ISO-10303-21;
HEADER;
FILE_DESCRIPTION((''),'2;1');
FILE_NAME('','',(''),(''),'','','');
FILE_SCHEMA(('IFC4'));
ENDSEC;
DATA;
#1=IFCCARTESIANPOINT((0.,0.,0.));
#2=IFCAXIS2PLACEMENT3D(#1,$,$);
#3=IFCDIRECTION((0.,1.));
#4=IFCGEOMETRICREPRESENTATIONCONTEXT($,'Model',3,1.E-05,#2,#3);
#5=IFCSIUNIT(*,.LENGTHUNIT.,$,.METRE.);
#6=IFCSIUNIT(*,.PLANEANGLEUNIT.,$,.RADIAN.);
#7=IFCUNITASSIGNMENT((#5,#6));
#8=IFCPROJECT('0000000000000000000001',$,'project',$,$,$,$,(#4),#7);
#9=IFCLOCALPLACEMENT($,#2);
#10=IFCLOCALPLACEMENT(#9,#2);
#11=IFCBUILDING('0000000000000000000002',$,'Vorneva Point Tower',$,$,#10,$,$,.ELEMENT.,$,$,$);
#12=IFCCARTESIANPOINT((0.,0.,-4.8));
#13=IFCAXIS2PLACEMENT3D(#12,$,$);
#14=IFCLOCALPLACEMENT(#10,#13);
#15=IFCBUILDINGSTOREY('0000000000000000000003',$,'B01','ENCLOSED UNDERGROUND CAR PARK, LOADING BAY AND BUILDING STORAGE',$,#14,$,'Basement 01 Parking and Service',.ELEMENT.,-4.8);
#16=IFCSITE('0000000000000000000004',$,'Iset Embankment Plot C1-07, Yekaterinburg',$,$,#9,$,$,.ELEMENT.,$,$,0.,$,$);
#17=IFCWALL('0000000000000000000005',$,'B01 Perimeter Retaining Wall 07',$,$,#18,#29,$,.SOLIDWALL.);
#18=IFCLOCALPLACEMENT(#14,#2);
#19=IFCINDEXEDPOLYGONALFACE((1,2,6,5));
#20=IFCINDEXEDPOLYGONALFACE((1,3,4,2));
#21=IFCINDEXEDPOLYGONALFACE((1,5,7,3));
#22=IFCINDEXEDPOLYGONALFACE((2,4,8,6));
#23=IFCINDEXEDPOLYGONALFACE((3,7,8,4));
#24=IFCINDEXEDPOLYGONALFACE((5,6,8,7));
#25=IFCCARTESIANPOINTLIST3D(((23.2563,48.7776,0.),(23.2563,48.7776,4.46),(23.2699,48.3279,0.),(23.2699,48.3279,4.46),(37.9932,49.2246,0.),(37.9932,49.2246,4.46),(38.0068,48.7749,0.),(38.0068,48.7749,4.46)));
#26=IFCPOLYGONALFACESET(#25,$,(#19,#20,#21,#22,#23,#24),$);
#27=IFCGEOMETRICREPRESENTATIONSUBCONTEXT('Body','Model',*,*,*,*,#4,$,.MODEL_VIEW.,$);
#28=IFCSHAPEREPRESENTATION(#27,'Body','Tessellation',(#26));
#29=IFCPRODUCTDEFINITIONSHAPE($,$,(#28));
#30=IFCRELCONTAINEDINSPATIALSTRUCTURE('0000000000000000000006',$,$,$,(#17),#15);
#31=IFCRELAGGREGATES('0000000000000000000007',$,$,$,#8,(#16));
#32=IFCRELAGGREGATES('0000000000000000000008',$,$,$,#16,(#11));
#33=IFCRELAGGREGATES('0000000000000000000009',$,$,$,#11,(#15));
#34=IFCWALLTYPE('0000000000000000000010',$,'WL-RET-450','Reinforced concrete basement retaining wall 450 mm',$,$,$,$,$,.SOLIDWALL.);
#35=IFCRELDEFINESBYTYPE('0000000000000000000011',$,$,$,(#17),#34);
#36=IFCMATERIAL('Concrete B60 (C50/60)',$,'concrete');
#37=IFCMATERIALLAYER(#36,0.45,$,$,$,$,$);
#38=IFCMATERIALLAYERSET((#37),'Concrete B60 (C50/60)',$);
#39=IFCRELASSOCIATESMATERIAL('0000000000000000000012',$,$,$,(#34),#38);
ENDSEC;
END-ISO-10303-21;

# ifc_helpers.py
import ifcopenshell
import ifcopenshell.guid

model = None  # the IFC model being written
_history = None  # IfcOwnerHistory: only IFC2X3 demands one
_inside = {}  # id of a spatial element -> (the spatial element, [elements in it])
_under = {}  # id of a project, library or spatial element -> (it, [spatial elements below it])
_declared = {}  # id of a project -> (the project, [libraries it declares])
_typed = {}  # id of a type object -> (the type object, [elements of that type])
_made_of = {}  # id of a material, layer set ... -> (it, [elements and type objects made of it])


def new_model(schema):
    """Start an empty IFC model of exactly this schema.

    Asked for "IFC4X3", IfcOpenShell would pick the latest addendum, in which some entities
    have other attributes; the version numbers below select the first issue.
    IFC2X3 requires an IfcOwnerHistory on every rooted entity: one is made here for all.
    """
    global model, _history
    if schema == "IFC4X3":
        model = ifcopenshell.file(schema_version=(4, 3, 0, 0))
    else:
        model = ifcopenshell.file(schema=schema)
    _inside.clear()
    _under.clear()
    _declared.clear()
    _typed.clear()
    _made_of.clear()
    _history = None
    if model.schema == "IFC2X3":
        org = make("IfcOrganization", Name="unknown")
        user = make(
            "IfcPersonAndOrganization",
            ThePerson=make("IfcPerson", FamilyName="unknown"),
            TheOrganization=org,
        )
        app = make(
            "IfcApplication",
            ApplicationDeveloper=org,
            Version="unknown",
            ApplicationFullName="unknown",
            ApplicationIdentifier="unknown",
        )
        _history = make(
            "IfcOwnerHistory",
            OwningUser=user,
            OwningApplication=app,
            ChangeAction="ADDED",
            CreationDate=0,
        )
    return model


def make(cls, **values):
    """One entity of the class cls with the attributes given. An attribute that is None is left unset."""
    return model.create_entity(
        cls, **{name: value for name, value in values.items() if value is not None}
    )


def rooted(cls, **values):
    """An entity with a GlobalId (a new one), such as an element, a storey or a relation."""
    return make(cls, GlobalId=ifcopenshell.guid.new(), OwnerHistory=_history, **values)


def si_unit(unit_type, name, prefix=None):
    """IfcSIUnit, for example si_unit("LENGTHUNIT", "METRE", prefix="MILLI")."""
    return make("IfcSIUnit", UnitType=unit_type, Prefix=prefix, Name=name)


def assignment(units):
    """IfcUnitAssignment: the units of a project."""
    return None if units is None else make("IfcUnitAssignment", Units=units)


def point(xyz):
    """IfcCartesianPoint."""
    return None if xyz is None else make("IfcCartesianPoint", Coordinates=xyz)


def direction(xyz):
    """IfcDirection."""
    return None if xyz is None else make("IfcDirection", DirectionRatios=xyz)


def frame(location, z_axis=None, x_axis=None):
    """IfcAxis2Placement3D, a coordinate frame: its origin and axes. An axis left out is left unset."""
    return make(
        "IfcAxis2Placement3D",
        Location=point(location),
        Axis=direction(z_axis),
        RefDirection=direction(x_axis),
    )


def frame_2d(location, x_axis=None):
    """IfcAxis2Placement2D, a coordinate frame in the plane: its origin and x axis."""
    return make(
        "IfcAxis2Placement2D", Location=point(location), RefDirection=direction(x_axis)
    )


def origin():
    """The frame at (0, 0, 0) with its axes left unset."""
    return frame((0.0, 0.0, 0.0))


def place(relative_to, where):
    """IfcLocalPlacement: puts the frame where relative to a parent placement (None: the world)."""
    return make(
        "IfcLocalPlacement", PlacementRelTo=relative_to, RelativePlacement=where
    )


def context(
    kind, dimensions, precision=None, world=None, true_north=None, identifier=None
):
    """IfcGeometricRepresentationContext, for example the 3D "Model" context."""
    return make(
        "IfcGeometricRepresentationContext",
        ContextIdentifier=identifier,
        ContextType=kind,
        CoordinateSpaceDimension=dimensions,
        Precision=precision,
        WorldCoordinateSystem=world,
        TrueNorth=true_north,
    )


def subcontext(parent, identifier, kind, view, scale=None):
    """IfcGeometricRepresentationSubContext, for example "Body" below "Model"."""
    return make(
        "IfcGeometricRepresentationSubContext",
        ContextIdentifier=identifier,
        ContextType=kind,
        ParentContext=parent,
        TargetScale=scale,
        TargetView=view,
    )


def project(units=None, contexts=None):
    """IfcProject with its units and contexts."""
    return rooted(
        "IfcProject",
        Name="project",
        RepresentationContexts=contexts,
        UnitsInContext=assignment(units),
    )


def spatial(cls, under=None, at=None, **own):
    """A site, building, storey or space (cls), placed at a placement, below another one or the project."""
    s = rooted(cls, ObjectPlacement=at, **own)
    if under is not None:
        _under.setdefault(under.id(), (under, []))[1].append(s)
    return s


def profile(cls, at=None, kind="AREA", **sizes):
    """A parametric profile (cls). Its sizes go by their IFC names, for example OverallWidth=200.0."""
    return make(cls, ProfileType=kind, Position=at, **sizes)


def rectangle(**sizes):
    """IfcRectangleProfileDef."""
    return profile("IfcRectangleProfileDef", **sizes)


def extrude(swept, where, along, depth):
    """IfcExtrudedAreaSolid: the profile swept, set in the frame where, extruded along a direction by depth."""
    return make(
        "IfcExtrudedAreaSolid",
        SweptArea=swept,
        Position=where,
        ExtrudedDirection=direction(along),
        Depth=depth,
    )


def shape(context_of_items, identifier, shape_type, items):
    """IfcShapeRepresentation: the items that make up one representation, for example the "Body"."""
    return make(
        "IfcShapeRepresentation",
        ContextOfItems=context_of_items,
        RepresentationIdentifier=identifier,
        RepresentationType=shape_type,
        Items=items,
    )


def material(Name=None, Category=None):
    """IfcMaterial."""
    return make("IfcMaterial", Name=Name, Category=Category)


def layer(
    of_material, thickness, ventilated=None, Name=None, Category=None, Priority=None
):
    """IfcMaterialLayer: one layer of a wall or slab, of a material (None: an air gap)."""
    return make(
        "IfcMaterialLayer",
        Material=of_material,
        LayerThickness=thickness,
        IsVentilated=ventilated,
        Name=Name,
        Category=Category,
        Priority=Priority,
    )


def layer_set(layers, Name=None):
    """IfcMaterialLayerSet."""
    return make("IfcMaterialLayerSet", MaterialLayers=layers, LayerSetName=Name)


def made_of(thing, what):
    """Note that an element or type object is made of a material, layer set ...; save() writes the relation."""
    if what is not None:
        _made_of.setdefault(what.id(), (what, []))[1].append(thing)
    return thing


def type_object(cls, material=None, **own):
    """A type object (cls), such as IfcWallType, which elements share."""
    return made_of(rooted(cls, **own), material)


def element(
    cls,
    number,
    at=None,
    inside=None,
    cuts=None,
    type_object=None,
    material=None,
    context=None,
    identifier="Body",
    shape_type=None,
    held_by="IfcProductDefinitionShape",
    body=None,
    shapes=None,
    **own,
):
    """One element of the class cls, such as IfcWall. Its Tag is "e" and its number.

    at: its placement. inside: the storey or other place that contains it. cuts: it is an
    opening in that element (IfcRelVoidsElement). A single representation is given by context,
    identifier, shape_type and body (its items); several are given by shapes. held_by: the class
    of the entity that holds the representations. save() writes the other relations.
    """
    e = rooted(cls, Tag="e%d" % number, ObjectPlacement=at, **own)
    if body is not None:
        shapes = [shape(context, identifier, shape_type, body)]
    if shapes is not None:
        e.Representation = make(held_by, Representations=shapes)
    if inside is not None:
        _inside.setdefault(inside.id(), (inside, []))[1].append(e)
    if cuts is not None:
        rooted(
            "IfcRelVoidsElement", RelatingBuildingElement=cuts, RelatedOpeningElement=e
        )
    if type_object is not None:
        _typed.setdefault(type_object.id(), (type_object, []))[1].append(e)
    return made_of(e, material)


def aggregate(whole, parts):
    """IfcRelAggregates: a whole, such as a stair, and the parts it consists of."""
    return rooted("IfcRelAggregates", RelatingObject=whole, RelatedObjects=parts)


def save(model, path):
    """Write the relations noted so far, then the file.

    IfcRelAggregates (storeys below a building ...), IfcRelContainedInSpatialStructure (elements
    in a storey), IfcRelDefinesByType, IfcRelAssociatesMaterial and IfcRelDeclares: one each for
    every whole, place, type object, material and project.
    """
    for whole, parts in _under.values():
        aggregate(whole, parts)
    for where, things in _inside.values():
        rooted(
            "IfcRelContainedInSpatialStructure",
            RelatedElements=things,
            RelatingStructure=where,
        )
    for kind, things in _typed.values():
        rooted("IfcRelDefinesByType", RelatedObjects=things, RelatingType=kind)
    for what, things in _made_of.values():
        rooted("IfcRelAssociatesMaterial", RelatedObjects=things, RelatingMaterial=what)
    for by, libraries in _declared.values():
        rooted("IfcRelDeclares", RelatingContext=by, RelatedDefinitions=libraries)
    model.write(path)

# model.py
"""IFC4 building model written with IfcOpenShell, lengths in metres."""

from ifc_helpers import new_model, si_unit, direction, frame, frame_2d, origin, place, context, subcontext, project, spatial, rectangle, extrude, material, layer, layer_set, type_object, element, save


model = new_model("IFC4")

# Units and contexts
model_context = context("Model", 3, precision=1e-05, world=origin(), true_north=direction((0.0, 1.0)))
body_context = subcontext(model_context, "Body", "Model", "MODEL_VIEW")
ifc_project = project(units=[si_unit("LENGTHUNIT", "METRE"), si_unit("PLANEANGLEUNIT", "RADIAN")], contexts=[model_context])

# Site, building, storey
site_placement = place(None, origin())
site = spatial("IfcSite", under=ifc_project, at=site_placement, Name="Iset Embankment Plot C1-07, Yekaterinburg", CompositionType="ELEMENT", RefElevation=0.0)
building_placement = place(site_placement, origin())
building = spatial("IfcBuilding", under=site, at=building_placement, Name="Vorneva Point Tower", CompositionType="ELEMENT")
storey_placement = place(building_placement, frame((0.0, 0.0, -4.8)))
storey = spatial("IfcBuildingStorey", under=building, at=storey_placement, Name="B01", Description="ENCLOSED UNDERGROUND CAR PARK, LOADING BAY AND BUILDING STORAGE", LongName="Basement 01 Parking and Service", CompositionType="ELEMENT", Elevation=-4.8)

# Shared definitions
ifc_material_1 = material(Name="Concrete B60 (C50/60)", Category="concrete")

# Wall
ifc_layer_1 = layer(ifc_material_1, 0.45)
ifc_layer_set_1 = layer_set([ifc_layer_1], Name="Concrete B60 (C50/60)")
wall_type_1 = type_object("IfcWallType", Name="WL-RET-450", Description="Reinforced concrete basement retaining wall 450 mm", PredefinedType="SOLIDWALL", material=ifc_layer_set_1)
wall_1_placement = place(storey_placement, frame((38.0, 48.9998, 0.0), z_axis=(0.0, 0.0, 1.0), x_axis=(-0.99954, -0.03032, 0.0)))
element("IfcWall", 1, at=wall_1_placement, inside=storey, type_object=wall_type_1, Name="B01 Perimeter Retaining Wall 07", PredefinedType="SOLIDWALL", context=body_context, shape_type="SweptSolid", body=[
    extrude(rectangle(XDim=14.7437, YDim=0.45, at=frame_2d((7.3718, 0.0))), origin(), (0.0, 0.0, 1.0), 4.46),
])

save(model, "model.ifc")
